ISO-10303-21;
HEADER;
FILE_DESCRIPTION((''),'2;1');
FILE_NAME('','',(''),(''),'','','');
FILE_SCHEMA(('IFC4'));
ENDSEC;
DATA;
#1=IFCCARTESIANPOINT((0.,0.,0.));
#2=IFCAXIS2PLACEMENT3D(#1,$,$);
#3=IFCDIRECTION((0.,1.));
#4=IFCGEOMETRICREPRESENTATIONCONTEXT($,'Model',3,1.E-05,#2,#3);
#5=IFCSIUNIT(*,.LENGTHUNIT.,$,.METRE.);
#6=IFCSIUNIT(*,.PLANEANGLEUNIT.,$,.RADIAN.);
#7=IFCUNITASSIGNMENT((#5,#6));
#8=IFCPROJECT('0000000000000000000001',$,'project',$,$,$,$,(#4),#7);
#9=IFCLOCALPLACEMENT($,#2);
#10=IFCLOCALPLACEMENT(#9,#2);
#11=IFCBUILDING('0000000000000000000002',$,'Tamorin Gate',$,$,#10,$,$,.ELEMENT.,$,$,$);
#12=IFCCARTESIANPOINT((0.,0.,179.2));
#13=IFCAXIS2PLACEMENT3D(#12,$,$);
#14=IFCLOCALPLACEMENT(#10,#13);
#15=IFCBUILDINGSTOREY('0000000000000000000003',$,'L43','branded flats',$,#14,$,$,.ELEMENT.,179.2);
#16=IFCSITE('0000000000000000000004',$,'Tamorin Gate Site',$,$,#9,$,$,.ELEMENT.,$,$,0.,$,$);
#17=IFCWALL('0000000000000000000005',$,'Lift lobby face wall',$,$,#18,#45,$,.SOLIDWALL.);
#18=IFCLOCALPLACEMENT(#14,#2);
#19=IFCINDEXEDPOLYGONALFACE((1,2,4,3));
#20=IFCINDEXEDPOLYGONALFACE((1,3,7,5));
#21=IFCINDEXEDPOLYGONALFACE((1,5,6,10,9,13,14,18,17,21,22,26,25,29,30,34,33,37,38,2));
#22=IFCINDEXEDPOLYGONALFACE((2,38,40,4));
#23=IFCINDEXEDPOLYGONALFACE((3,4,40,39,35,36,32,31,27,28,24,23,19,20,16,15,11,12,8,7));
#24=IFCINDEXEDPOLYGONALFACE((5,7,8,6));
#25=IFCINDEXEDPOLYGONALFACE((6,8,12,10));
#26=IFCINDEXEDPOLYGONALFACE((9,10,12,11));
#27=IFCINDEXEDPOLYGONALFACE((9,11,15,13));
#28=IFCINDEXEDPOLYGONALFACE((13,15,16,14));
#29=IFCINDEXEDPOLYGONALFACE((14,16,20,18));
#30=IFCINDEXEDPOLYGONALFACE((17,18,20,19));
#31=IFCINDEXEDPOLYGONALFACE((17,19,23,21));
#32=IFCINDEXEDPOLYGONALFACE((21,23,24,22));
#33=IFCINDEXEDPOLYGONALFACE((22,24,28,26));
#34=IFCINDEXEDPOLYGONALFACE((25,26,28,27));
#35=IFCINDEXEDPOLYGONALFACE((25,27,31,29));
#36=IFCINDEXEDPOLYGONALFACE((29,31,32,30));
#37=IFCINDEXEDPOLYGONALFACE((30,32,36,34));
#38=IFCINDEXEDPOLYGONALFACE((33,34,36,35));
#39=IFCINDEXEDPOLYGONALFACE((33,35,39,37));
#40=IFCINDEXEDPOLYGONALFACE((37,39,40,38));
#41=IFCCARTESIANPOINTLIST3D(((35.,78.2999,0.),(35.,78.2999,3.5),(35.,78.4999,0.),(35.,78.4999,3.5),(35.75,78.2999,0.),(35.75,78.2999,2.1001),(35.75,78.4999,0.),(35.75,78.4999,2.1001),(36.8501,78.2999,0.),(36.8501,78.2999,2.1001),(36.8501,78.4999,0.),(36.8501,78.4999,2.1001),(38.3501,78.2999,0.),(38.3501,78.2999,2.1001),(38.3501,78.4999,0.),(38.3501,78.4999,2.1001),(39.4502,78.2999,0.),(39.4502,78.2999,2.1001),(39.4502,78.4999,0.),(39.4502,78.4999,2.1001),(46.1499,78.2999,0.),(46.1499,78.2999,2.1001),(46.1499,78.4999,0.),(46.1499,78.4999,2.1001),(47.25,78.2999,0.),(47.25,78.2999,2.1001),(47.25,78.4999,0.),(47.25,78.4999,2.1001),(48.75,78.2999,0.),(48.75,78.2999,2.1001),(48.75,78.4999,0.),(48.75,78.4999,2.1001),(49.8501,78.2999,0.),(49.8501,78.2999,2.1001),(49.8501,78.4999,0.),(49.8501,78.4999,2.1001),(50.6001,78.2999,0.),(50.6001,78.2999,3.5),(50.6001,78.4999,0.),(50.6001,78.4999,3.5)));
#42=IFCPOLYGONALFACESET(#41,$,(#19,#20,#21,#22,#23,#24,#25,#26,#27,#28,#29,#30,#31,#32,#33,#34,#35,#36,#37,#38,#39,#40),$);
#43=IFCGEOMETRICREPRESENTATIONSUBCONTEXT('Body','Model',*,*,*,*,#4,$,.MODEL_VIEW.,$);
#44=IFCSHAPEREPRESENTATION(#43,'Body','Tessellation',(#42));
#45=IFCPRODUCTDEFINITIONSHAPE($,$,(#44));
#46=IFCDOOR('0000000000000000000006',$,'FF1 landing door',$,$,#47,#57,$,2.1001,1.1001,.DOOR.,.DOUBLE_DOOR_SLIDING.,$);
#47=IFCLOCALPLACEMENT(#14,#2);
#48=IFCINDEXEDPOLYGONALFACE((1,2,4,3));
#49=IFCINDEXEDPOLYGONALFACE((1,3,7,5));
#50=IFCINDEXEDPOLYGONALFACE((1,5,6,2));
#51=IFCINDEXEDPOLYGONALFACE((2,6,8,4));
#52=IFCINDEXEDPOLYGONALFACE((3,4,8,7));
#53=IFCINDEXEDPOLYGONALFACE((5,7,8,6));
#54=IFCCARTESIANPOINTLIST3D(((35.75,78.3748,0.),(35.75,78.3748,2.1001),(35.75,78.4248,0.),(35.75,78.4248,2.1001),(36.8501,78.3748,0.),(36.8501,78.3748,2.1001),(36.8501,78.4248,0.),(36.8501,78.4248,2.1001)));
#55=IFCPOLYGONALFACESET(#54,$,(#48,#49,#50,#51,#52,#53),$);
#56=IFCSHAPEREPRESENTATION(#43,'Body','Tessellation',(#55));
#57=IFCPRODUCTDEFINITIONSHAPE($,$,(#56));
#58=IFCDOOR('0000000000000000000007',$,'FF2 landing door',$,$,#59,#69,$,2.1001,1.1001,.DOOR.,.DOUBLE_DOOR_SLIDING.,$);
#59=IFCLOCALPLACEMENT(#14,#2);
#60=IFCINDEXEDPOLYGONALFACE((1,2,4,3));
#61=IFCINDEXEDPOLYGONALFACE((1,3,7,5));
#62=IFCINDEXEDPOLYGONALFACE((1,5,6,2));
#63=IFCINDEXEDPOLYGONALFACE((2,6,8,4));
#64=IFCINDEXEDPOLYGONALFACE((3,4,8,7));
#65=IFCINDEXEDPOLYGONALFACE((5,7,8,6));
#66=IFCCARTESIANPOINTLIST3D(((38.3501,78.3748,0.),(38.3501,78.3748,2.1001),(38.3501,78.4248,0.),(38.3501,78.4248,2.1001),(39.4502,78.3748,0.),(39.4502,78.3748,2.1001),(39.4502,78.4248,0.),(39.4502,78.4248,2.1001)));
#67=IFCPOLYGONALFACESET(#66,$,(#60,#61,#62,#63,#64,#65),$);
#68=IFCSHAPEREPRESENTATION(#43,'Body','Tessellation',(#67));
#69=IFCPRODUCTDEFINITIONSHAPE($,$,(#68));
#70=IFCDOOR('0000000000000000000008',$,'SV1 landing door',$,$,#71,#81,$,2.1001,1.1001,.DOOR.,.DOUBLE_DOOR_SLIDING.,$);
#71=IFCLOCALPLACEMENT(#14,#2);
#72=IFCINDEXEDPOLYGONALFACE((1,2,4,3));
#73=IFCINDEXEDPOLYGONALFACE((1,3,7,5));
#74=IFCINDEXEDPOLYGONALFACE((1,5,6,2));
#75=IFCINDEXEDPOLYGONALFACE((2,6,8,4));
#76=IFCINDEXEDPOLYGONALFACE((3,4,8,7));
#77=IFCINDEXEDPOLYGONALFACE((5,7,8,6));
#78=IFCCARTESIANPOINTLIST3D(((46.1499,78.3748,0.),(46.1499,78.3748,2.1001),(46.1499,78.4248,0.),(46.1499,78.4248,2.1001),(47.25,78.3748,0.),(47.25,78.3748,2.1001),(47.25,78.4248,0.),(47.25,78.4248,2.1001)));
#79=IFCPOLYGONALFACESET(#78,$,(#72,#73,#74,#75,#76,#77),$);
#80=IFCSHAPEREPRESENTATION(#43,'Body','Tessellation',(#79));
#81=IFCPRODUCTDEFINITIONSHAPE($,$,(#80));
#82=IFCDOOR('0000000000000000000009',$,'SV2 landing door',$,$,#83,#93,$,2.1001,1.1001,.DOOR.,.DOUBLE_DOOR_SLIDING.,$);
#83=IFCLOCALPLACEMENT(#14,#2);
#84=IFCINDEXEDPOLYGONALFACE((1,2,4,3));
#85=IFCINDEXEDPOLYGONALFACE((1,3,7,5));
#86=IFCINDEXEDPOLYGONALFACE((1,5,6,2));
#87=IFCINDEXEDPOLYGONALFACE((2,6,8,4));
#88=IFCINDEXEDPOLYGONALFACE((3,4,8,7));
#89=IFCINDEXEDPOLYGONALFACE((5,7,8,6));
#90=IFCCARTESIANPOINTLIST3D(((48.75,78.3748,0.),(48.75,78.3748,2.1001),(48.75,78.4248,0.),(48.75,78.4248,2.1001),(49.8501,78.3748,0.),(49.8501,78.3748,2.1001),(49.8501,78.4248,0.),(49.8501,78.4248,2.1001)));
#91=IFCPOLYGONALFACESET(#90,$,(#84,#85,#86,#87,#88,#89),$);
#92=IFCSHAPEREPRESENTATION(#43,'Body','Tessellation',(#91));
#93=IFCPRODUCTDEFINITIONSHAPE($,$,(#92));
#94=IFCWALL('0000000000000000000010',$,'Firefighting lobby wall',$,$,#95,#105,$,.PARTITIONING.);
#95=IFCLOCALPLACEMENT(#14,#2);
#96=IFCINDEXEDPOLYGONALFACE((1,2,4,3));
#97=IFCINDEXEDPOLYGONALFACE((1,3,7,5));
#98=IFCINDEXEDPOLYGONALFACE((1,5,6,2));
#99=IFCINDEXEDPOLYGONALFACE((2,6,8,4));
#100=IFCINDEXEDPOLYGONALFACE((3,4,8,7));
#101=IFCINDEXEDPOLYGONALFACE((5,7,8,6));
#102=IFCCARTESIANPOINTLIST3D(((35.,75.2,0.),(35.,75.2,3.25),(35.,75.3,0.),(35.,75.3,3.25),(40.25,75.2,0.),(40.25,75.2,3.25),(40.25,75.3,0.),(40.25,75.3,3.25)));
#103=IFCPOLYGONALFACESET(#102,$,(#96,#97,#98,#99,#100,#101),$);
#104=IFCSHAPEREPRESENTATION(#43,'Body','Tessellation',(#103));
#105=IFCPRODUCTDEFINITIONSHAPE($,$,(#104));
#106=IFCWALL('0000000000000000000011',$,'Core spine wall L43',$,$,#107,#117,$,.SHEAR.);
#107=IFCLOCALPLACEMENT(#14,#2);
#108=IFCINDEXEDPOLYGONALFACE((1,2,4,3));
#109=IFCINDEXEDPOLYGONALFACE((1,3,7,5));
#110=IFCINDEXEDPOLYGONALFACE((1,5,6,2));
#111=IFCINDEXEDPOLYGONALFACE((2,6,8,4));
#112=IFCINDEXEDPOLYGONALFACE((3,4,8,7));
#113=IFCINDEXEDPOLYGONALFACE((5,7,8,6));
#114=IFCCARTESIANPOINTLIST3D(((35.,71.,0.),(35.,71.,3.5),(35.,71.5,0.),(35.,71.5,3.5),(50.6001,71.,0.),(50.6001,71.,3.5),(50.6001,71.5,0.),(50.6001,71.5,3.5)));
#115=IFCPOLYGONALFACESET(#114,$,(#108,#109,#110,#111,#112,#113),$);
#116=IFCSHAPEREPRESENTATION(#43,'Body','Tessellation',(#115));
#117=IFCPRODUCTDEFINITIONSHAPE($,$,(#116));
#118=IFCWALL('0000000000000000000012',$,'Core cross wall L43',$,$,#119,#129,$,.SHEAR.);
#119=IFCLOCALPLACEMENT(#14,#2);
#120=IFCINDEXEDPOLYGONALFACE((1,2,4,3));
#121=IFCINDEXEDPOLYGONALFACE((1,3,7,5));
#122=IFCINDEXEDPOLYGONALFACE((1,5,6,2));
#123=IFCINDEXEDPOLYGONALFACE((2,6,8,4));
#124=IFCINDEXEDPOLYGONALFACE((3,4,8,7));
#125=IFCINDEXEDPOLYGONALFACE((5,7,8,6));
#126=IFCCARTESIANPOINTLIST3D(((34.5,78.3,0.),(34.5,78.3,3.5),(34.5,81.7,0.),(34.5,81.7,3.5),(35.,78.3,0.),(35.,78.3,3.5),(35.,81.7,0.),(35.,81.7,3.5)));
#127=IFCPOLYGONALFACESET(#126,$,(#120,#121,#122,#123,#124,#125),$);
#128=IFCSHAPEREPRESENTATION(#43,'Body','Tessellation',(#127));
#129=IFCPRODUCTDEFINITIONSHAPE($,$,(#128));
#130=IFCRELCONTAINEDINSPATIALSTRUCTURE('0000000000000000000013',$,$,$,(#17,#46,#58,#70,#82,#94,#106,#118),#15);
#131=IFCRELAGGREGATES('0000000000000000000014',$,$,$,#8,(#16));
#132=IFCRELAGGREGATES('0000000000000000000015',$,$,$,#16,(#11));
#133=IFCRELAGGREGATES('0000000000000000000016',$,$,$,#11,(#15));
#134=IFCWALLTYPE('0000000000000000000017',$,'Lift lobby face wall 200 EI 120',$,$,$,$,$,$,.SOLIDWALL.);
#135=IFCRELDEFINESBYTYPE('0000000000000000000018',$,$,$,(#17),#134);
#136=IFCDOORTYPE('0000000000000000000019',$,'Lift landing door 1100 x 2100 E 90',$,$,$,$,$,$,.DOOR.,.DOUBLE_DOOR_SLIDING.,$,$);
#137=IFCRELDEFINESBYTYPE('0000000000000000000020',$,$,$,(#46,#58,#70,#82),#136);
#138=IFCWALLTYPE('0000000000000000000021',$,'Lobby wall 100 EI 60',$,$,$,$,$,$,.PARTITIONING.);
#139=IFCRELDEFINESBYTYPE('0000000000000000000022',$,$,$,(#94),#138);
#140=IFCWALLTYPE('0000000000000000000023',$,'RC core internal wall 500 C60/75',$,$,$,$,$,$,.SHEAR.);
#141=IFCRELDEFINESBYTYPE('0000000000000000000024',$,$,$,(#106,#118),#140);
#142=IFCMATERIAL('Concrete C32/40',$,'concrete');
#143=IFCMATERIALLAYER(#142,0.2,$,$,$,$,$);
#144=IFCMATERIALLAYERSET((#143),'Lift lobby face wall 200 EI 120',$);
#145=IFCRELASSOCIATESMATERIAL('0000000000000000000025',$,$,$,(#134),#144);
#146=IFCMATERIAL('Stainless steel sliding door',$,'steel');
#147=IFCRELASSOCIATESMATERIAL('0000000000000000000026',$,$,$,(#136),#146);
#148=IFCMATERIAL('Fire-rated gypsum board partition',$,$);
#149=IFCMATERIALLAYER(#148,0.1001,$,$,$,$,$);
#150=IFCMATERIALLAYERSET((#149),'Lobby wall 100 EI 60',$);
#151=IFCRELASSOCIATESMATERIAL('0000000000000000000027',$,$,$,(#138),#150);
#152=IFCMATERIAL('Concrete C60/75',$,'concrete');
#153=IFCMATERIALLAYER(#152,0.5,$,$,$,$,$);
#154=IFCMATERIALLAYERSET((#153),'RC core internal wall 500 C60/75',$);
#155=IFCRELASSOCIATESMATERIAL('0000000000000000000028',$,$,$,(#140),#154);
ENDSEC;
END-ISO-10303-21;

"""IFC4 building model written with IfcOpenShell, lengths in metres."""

from ifc_helpers import new_model, si_unit, direction, frame, frame_2d, origin, place, context, subcontext, project, spatial, rectangle, extrude, material, layer, layer_set, type_object, element, fill, save


model = new_model("IFC4")

# Units and contexts
model_context = context("Model", 3, precision=1e-05, world=origin(), true_north=direction((0.0, 1.0)))
body_context = subcontext(model_context, "Body", "Model", "MODEL_VIEW")
ifc_project = project(units=[si_unit("LENGTHUNIT", "METRE"), si_unit("PLANEANGLEUNIT", "RADIAN")], contexts=[model_context])

# Site, building, storey
site_placement = place(None, origin())
site = spatial("IfcSite", under=ifc_project, at=site_placement, Name="Tamorin Gate Site", CompositionType="ELEMENT", RefElevation=0.0)
building_placement = place(site_placement, origin())
building = spatial("IfcBuilding", under=site, at=building_placement, Name="Tamorin Gate", CompositionType="ELEMENT")
storey_placement = place(building_placement, frame((0.0, 0.0, 179.2)))
storey = spatial("IfcBuildingStorey", under=building, at=storey_placement, Name="L43", Description="branded flats", CompositionType="ELEMENT", Elevation=179.2)

# Wall, openings, doors
ifc_material_1 = material(Name="Concrete C32/40", Category="concrete")
ifc_layer_1 = layer(ifc_material_1, 0.2)
ifc_layer_set_1 = layer_set([ifc_layer_1], Name="Lift lobby face wall 200 EI 120")
wall_type_1 = type_object("IfcWallType", Name="Lift lobby face wall 200 EI 120", PredefinedType="SOLIDWALL", material=ifc_layer_set_1)
ifc_material_2 = material(Name="Stainless steel sliding door", Category="steel")
door_type_1 = type_object("IfcDoorType", Name="Lift landing door 1100 x 2100 E 90", OperationType="DOUBLE_DOOR_SLIDING", PredefinedType="DOOR", material=ifc_material_2)
wall_1_placement = place(storey_placement, frame((35.0, 78.3999, 0.0), z_axis=(0.0, 0.0, 1.0), x_axis=(1.0, 0.0, 0.0)))
wall_1 = element("IfcWall", 1, at=wall_1_placement, inside=storey, type_object=wall_type_1, Name="Lift lobby face wall", PredefinedType="SOLIDWALL", context=body_context, shape_type="SweptSolid", body=[
    extrude(rectangle(XDim=15.6001, YDim=0.2, at=frame_2d((7.8, 0.0))), origin(), (0.0, 0.0, 1.0), 3.5),
])
opening_1_placement = place(wall_1_placement, frame((0.75, 0.0, 0.0)))
opening_1 = element("IfcOpeningElement", 2, at=opening_1_placement, cuts=wall_1, PredefinedType="OPENING", context=body_context, shape_type="SweptSolid", body=[
    extrude(rectangle(XDim=1.1001, YDim=2.1001, at=frame_2d((0.55, 1.05))), frame((0.0, 0.1099, 0.0), z_axis=(0.0, -1.0, 0.0), x_axis=(1.0, 0.0, 0.0)), (0.0, 0.0, 1.0), 0.22),
])
opening_2_placement = place(wall_1_placement, frame((3.3501, 0.0, 0.0)))
opening_2 = element("IfcOpeningElement", 3, at=opening_2_placement, cuts=wall_1, PredefinedType="OPENING", context=body_context, shape_type="SweptSolid", body=[
    extrude(rectangle(XDim=1.1001, YDim=2.1001, at=frame_2d((0.55, 1.05))), frame((0.0, 0.1099, 0.0), z_axis=(0.0, -1.0, 0.0), x_axis=(1.0, 0.0, 0.0)), (0.0, 0.0, 1.0), 0.22),
])
opening_3_placement = place(wall_1_placement, frame((11.1499, 0.0, 0.0)))
opening_3 = element("IfcOpeningElement", 4, at=opening_3_placement, cuts=wall_1, PredefinedType="OPENING", context=body_context, shape_type="SweptSolid", body=[
    extrude(rectangle(XDim=1.1001, YDim=2.1001, at=frame_2d((0.55, 1.05))), frame((0.0, 0.1099, 0.0), z_axis=(0.0, -1.0, 0.0), x_axis=(1.0, 0.0, 0.0)), (0.0, 0.0, 1.0), 0.22),
])
opening_4_placement = place(wall_1_placement, frame((13.75, 0.0, 0.0)))
opening_4 = element("IfcOpeningElement", 5, at=opening_4_placement, cuts=wall_1, PredefinedType="OPENING", context=body_context, shape_type="SweptSolid", body=[
    extrude(rectangle(XDim=1.1001, YDim=2.1001, at=frame_2d((0.55, 1.05))), frame((0.0, 0.1099, 0.0), z_axis=(0.0, -1.0, 0.0), x_axis=(1.0, 0.0, 0.0)), (0.0, 0.0, 1.0), 0.22),
])
door_1_placement = place(opening_1_placement, origin())
door_1 = element("IfcDoor", 6, at=door_1_placement, inside=storey, type_object=door_type_1, Name="FF1 landing door", OperationType="DOUBLE_DOOR_SLIDING", OverallHeight=2.1001, OverallWidth=1.1001, PredefinedType="DOOR", context=body_context, shape_type="SweptSolid", body=[
    extrude(rectangle(XDim=1.1001, YDim=2.1001, at=frame_2d((0.55, 1.05))), frame((0.0, 0.0249, 0.0), z_axis=(0.0, -1.0, 0.0), x_axis=(1.0, 0.0, 0.0)), (0.0, 0.0, 1.0), 0.05),
])
fill(opening_1, door_1)
door_2_placement = place(opening_2_placement, origin())
door_2 = element("IfcDoor", 7, at=door_2_placement, inside=storey, type_object=door_type_1, Name="FF2 landing door", OperationType="DOUBLE_DOOR_SLIDING", OverallHeight=2.1001, OverallWidth=1.1001, PredefinedType="DOOR", context=body_context, shape_type="SweptSolid", body=[
    extrude(rectangle(XDim=1.1001, YDim=2.1001, at=frame_2d((0.55, 1.05))), frame((0.0, 0.0249, 0.0), z_axis=(0.0, -1.0, 0.0), x_axis=(1.0, 0.0, 0.0)), (0.0, 0.0, 1.0), 0.05),
])
fill(opening_2, door_2)
door_3_placement = place(opening_3_placement, origin())
door_3 = element("IfcDoor", 8, at=door_3_placement, inside=storey, type_object=door_type_1, Name="SV1 landing door", OperationType="DOUBLE_DOOR_SLIDING", OverallHeight=2.1001, OverallWidth=1.1001, PredefinedType="DOOR", context=body_context, shape_type="SweptSolid", body=[
    extrude(rectangle(XDim=1.1001, YDim=2.1001, at=frame_2d((0.55, 1.05))), frame((0.0, 0.0249, 0.0), z_axis=(0.0, -1.0, 0.0), x_axis=(1.0, 0.0, 0.0)), (0.0, 0.0, 1.0), 0.05),
])
fill(opening_3, door_3)
door_4_placement = place(opening_4_placement, origin())
door_4 = element("IfcDoor", 9, at=door_4_placement, inside=storey, type_object=door_type_1, Name="SV2 landing door", OperationType="DOUBLE_DOOR_SLIDING", OverallHeight=2.1001, OverallWidth=1.1001, PredefinedType="DOOR", context=body_context, shape_type="SweptSolid", body=[
    extrude(rectangle(XDim=1.1001, YDim=2.1001, at=frame_2d((0.55, 1.05))), frame((0.0, 0.0249, 0.0), z_axis=(0.0, -1.0, 0.0), x_axis=(1.0, 0.0, 0.0)), (0.0, 0.0, 1.0), 0.05),
])
fill(opening_4, door_4)

# Walls
ifc_material_3 = material(Name="Fire-rated gypsum board partition")
ifc_layer_2 = layer(ifc_material_3, 0.1001)
ifc_layer_set_2 = layer_set([ifc_layer_2], Name="Lobby wall 100 EI 60")
wall_type_2 = type_object("IfcWallType", Name="Lobby wall 100 EI 60", PredefinedType="PARTITIONING", material=ifc_layer_set_2)
wall_2_placement = place(storey_placement, frame((35.0, 75.25, 0.0), z_axis=(0.0, 0.0, 1.0), x_axis=(1.0, 0.0, 0.0)))
element("IfcWall", 10, at=wall_2_placement, inside=storey, type_object=wall_type_2, Name="Firefighting lobby wall", PredefinedType="PARTITIONING", context=body_context, shape_type="SweptSolid", body=[
    extrude(rectangle(XDim=5.25, YDim=0.1001, at=frame_2d((2.625, 0.0))), origin(), (0.0, 0.0, 1.0), 3.25),
])
ifc_material_4 = material(Name="Concrete C60/75", Category="concrete")
ifc_layer_3 = layer(ifc_material_4, 0.5)
ifc_layer_set_3 = layer_set([ifc_layer_3], Name="RC core internal wall 500 C60/75")
wall_type_3 = type_object("IfcWallType", Name="RC core internal wall 500 C60/75", PredefinedType="SHEAR", material=ifc_layer_set_3)
wall_3_placement = place(storey_placement, frame((35.0, 71.25, 0.0), z_axis=(0.0, 0.0, 1.0), x_axis=(1.0, 0.0, 0.0)))
element("IfcWall", 11, at=wall_3_placement, inside=storey, type_object=wall_type_3, Name="Core spine wall L43", PredefinedType="SHEAR", context=body_context, shape_type="SweptSolid", body=[
    extrude(rectangle(XDim=15.6001, YDim=0.5, at=frame_2d((7.8, 0.0))), origin(), (0.0, 0.0, 1.0), 3.5),
])
wall_4_placement = place(storey_placement, frame((34.75, 78.3, 0.0), z_axis=(0.0, 0.0, 1.0), x_axis=(0.0, 1.0, 0.0)))
element("IfcWall", 12, at=wall_4_placement, inside=storey, type_object=wall_type_3, Name="Core cross wall L43", PredefinedType="SHEAR", context=body_context, shape_type="SweptSolid", body=[
    extrude(rectangle(XDim=3.3999, YDim=0.5, at=frame_2d((1.7, 0.0))), origin(), (0.0, 0.0, 1.0), 3.5),
])

save(model, "model.ifc")
